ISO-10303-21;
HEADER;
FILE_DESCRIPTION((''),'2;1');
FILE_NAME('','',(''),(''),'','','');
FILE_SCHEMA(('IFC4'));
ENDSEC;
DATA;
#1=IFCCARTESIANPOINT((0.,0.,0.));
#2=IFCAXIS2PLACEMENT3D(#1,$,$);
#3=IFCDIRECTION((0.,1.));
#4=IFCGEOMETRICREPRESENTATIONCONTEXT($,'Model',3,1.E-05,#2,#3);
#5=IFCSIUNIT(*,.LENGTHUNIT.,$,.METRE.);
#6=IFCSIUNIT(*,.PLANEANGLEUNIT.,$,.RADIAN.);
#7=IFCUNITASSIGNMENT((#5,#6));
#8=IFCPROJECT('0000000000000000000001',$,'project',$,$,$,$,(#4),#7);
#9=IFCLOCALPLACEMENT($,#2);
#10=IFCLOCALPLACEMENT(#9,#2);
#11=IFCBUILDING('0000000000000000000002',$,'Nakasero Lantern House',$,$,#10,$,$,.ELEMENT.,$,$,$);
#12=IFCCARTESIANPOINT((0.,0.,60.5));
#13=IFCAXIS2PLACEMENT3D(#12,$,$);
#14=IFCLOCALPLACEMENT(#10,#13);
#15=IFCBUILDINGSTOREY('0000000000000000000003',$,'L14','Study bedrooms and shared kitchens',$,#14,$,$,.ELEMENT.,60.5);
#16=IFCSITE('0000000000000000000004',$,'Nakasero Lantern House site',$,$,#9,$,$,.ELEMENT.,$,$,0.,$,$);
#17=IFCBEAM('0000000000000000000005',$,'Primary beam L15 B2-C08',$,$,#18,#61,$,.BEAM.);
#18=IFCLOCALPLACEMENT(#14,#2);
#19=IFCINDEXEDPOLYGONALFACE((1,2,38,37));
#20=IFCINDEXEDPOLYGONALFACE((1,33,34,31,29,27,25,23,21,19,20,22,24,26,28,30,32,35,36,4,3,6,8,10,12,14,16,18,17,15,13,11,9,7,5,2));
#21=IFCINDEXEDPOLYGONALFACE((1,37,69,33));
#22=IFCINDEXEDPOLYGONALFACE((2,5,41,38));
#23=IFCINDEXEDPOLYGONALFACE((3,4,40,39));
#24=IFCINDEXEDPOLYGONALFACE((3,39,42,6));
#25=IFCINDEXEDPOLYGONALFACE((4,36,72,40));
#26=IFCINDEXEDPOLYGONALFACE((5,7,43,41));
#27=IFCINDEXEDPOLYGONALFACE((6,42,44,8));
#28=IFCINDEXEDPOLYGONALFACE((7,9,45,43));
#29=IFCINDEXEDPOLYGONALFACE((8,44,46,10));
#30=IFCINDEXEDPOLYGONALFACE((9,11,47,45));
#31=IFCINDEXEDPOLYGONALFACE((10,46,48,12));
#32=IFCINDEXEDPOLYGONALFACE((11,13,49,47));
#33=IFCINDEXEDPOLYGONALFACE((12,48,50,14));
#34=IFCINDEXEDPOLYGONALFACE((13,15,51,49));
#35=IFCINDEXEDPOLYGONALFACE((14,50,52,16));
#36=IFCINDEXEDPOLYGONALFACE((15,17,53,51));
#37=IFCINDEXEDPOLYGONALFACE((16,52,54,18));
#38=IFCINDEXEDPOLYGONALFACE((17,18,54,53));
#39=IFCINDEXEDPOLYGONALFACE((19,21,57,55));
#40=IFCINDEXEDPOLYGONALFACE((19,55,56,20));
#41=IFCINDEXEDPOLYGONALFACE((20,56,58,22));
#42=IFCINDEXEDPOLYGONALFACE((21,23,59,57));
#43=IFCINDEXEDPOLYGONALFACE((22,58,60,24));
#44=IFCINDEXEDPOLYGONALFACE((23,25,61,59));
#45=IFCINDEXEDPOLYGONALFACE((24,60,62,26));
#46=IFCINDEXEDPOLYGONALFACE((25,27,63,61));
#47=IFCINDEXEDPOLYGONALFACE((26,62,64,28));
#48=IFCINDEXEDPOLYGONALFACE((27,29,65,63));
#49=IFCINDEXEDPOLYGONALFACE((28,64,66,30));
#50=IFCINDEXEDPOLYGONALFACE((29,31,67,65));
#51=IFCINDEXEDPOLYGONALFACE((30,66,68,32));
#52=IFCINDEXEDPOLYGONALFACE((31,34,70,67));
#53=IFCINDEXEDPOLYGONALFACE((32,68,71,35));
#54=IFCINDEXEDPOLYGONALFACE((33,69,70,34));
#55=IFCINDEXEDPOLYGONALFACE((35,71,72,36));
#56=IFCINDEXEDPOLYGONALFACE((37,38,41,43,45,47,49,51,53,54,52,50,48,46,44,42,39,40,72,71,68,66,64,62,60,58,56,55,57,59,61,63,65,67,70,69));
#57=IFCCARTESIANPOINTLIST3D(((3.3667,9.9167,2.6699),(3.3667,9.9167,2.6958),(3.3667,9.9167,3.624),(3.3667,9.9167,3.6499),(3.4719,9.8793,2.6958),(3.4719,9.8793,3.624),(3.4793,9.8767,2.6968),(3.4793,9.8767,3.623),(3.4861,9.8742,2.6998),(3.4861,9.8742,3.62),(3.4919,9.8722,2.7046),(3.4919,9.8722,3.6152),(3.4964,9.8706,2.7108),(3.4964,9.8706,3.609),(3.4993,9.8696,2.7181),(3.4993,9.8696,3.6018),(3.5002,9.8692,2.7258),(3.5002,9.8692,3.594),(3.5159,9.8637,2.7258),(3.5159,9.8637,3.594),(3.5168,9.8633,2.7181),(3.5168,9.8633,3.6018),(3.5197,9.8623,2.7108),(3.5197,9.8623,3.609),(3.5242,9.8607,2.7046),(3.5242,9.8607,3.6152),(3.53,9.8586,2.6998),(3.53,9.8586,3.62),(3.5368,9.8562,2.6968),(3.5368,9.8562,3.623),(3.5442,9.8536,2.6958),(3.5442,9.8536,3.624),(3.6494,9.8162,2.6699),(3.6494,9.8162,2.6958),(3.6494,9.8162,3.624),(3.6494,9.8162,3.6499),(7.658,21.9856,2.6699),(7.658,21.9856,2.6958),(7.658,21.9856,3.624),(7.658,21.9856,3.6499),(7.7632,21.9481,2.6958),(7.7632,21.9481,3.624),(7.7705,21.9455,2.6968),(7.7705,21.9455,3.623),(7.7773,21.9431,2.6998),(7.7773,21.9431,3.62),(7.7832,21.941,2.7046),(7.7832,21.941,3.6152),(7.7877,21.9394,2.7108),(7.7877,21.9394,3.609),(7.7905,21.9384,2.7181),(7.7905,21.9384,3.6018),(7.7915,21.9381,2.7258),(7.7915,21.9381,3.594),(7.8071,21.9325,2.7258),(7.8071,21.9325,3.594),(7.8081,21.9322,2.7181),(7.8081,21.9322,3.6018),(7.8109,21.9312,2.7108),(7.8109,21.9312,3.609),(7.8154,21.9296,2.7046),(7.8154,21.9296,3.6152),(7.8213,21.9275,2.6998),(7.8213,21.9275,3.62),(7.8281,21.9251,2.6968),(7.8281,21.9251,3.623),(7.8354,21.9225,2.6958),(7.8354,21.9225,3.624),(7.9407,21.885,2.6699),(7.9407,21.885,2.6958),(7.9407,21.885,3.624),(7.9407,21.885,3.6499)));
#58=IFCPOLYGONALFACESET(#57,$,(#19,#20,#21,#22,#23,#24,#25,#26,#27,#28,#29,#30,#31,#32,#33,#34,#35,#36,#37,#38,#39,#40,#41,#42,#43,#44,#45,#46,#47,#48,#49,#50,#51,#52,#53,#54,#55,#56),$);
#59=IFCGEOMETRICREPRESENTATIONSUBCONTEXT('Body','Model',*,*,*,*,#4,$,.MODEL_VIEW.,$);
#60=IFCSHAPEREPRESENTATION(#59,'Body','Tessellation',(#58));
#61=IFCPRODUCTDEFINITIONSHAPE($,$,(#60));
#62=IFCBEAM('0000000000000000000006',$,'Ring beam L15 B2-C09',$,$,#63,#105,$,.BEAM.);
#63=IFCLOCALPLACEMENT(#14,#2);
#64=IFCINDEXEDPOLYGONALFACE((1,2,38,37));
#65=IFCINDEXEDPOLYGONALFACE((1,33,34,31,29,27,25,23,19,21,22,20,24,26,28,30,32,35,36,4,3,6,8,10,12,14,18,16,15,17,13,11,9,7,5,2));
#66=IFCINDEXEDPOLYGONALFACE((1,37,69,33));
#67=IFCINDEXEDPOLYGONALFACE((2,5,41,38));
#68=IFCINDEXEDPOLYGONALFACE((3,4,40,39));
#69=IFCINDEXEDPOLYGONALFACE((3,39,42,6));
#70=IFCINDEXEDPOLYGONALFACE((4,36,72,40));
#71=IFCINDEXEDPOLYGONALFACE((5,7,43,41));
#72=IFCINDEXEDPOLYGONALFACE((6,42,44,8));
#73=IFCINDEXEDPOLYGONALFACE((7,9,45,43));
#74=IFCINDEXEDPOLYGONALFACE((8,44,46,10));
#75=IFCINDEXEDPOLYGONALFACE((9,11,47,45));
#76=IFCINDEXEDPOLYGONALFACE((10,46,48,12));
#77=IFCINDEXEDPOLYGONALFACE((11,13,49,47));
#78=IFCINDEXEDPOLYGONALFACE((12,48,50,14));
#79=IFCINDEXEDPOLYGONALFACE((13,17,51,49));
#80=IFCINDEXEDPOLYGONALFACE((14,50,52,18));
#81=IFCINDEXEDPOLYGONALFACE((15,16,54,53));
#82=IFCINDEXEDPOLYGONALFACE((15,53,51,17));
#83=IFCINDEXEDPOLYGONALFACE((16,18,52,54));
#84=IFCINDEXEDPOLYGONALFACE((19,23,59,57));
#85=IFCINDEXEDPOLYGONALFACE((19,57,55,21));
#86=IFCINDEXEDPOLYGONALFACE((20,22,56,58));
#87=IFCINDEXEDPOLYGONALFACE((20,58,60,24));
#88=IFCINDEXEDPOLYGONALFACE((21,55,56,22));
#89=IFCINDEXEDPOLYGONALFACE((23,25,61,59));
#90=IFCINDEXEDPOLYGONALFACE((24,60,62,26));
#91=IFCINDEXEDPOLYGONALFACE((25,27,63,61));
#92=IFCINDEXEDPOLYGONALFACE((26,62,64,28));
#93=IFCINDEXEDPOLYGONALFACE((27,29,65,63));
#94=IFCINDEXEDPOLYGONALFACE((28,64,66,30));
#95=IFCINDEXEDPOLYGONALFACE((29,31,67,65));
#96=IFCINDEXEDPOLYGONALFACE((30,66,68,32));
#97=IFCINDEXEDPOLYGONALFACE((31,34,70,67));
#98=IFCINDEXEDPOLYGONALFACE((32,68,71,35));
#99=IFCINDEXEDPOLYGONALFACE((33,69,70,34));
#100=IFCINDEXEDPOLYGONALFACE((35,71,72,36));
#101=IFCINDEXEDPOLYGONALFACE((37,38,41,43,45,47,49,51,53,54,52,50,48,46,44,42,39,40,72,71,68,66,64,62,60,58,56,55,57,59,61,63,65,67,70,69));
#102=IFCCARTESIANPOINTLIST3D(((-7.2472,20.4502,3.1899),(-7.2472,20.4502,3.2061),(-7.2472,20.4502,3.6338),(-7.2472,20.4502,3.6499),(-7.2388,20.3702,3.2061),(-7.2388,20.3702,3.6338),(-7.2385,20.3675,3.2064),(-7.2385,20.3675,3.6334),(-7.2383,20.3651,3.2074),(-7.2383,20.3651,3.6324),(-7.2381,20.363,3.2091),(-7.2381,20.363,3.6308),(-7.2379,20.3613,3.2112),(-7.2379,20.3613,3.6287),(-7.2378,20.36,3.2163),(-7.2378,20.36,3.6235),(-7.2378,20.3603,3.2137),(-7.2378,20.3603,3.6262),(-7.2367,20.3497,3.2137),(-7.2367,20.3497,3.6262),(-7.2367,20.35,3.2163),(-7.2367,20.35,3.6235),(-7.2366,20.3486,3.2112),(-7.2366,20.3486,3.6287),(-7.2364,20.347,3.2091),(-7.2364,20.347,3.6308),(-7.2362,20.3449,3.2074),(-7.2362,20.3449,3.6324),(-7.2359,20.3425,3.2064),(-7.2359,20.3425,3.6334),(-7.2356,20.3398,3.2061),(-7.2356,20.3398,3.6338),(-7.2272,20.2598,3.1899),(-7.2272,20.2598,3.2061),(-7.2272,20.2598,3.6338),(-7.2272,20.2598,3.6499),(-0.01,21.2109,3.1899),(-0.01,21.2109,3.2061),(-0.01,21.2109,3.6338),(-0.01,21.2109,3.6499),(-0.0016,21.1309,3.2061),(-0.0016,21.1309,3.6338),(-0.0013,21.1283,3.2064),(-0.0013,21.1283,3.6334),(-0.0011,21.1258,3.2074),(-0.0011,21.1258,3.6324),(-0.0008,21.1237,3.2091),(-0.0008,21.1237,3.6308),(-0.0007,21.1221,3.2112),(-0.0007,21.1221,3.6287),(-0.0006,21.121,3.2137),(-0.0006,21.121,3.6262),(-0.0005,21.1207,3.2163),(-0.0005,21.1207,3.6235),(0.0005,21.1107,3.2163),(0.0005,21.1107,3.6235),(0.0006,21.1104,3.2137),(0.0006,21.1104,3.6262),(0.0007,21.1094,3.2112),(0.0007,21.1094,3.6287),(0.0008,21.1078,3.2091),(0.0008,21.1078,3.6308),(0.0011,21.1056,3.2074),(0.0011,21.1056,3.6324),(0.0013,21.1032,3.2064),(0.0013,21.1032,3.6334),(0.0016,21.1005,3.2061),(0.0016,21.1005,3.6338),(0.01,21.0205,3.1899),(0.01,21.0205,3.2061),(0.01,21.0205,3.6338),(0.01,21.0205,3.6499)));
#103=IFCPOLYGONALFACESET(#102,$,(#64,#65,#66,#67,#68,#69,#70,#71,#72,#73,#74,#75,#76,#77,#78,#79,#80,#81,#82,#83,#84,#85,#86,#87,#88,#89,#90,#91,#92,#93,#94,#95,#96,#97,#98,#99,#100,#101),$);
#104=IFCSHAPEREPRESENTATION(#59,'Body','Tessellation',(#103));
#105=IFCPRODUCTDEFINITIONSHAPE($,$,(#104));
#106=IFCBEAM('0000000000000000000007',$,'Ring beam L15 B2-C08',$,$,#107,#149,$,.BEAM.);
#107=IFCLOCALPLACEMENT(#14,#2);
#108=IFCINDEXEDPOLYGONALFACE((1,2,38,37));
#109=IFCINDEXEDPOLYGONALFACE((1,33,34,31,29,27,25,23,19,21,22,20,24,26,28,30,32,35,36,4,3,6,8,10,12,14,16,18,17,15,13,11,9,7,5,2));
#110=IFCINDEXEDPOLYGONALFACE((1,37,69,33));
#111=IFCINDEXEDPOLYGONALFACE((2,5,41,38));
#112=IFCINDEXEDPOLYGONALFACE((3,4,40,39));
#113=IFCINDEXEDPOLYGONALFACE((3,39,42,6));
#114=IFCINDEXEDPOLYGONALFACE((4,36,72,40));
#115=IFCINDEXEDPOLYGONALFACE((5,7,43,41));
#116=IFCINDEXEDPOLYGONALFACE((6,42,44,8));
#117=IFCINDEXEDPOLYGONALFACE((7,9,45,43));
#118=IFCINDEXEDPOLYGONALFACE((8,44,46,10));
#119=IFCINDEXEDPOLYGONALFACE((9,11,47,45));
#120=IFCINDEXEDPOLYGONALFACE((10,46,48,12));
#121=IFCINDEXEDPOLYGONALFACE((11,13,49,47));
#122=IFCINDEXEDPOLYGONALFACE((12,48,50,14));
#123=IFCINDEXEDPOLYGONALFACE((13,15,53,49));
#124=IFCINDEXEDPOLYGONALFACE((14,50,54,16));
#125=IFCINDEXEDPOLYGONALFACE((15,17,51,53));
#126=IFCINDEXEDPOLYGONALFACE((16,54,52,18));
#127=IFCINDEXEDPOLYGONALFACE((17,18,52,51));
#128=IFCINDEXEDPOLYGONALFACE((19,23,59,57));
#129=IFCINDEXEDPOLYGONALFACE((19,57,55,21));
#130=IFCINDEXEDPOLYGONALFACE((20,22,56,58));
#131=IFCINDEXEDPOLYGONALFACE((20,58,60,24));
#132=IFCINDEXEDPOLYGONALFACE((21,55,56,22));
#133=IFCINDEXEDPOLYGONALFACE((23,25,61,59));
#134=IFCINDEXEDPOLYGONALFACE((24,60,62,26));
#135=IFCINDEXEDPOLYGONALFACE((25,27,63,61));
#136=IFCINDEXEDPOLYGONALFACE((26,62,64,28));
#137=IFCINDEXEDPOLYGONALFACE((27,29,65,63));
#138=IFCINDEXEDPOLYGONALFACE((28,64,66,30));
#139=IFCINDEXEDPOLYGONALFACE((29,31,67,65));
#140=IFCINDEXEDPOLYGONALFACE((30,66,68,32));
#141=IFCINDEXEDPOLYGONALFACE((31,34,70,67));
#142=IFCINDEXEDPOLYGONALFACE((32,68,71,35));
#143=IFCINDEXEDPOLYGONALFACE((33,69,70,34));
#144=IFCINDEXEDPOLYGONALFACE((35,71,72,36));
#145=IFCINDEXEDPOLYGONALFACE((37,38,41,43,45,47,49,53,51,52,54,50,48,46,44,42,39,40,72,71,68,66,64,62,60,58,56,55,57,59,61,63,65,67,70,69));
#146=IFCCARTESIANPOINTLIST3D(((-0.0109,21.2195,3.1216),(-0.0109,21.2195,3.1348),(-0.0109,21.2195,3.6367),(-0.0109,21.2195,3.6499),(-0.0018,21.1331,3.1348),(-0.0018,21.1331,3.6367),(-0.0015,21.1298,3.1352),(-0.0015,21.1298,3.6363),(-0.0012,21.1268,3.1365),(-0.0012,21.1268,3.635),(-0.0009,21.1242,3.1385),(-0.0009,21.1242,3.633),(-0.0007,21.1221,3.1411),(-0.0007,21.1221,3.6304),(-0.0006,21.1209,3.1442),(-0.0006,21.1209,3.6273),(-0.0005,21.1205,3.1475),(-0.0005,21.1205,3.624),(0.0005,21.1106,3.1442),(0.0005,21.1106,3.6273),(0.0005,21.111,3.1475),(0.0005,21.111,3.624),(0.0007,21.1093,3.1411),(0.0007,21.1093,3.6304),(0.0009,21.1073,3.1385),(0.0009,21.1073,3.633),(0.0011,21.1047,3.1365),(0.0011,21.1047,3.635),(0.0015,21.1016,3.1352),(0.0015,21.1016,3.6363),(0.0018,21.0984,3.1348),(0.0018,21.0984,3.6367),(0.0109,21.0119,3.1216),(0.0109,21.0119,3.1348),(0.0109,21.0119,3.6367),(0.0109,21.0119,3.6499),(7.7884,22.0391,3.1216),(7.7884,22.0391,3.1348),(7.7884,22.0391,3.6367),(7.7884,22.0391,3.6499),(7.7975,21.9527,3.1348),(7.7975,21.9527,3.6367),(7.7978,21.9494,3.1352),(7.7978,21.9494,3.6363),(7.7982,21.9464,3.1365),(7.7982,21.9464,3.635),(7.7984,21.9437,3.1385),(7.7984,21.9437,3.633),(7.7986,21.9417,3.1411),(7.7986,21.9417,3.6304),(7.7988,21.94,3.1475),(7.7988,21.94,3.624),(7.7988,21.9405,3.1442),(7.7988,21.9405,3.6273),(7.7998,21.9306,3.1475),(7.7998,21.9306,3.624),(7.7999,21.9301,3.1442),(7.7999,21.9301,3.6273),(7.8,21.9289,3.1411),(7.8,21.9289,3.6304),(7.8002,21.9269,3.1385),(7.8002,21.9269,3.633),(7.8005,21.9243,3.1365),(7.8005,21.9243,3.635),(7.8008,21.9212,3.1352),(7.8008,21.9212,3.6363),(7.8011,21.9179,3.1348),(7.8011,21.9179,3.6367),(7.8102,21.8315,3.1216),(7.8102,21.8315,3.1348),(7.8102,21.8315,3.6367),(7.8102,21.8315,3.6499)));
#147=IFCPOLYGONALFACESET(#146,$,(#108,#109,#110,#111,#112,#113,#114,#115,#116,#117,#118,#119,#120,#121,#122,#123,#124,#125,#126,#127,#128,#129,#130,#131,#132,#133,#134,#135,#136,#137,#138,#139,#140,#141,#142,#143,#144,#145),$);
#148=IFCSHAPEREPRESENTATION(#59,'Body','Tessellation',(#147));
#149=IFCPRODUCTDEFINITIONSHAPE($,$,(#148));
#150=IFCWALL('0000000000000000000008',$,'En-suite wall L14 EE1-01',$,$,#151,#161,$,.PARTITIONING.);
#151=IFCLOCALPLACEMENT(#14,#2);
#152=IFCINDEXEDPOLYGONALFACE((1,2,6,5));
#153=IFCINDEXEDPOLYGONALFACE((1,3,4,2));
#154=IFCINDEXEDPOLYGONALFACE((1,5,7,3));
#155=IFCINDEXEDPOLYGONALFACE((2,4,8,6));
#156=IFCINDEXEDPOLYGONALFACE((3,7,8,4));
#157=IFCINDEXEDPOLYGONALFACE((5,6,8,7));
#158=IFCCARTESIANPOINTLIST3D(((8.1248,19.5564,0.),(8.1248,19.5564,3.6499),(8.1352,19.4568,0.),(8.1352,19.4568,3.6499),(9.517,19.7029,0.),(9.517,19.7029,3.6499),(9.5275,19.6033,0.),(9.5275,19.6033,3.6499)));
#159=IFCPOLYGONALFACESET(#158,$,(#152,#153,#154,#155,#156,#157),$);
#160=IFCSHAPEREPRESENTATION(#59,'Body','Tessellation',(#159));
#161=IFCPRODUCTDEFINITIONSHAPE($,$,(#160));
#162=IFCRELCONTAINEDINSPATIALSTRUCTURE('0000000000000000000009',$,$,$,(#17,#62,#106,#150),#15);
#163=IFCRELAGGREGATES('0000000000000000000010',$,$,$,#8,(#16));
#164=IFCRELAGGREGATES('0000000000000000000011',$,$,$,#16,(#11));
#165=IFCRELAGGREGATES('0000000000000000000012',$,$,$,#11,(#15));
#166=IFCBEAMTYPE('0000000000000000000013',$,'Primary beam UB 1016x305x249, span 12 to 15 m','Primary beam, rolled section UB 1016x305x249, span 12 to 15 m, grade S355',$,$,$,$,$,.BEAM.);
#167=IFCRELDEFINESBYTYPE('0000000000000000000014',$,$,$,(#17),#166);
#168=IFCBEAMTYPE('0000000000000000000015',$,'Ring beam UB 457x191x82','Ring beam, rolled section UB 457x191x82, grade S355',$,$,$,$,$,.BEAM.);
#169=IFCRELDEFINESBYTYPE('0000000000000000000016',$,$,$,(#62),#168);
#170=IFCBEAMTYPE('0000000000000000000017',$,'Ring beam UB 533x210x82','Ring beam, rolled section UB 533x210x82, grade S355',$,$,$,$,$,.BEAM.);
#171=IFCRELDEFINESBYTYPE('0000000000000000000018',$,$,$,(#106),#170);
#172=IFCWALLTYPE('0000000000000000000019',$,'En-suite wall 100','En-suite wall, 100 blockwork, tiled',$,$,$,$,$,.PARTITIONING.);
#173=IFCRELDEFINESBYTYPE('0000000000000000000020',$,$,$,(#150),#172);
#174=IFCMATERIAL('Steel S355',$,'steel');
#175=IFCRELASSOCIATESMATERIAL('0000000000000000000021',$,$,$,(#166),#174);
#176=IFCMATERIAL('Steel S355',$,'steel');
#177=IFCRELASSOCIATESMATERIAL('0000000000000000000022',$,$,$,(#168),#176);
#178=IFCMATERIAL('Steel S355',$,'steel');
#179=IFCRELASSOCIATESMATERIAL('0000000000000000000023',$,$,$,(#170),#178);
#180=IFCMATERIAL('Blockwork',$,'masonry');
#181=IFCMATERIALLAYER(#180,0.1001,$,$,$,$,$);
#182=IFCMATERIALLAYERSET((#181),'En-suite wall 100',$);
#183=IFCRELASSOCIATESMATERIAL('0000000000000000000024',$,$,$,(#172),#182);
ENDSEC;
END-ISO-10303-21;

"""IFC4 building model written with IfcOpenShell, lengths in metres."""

from ifc_helpers import new_model, si_unit, direction, frame, frame_2d, origin, origin_2d, place, context, subcontext, project, spatial, rectangle, i_section, extrude, material, layer, layer_set, material_profile, profile_set, type_object, element, save


model = new_model("IFC4")

# Units and contexts
model_context = context("Model", 3, precision=1e-05, world=origin(), true_north=direction((0.0, 1.0)))
body_context = subcontext(model_context, "Body", "Model", "MODEL_VIEW")
ifc_project = project(units=[si_unit("LENGTHUNIT", "METRE"), si_unit("PLANEANGLEUNIT", "RADIAN")], contexts=[model_context])

# Site, building, storey
site_placement = place(None, origin())
site = spatial("IfcSite", under=ifc_project, at=site_placement, Name="Nakasero Lantern House site", CompositionType="ELEMENT", RefElevation=0.0)
building_placement = place(site_placement, origin())
building = spatial("IfcBuilding", under=site, at=building_placement, Name="Nakasero Lantern House", CompositionType="ELEMENT")
storey_placement = place(building_placement, frame((0.0, 0.0, 60.5)))
storey = spatial("IfcBuildingStorey", under=building, at=storey_placement, Name="L14", Description="Study bedrooms and shared kitchens", CompositionType="ELEMENT", Elevation=60.5)

# Beams
ifc_material_1 = material(Name="Steel S355", Category="steel")
ifc_material_profile_1 = material_profile(ifc_material_1, i_section(OverallWidth=0.3, OverallDepth=0.98, WebThickness=0.0166, FlangeThickness=0.0259, FilletRadius=0.03, at=origin_2d()), Name="UB 1016x305x249")
ifc_profile_set_1 = profile_set([ifc_material_profile_1], Name="Steel S355")
beam_type_1 = type_object("IfcBeamType", Name="Primary beam UB 1016x305x249, span 12 to 15 m", Description="Primary beam, rolled section UB 1016x305x249, span 12 to 15 m, grade S355", PredefinedType="BEAM", material=ifc_profile_set_1)
beam_1_placement = place(storey_placement, frame((7.7993, 21.9353, 3.1599), z_axis=(-0.335018, -0.942212, 0.0), x_axis=(0.942212, -0.335018, 0.0)))
element("IfcBeam", 1, at=beam_1_placement, inside=storey, type_object=beam_type_1, Name="Primary beam L15 B2-C08", PredefinedType="BEAM", context=body_context, shape_type="SweptSolid", body=[
    extrude(i_section(OverallWidth=0.3, OverallDepth=0.98, WebThickness=0.0166, FlangeThickness=0.0259, FilletRadius=0.03, at=origin_2d()), origin(), (0.0, 0.0, 1.0), 12.8091),
])
ifc_material_2 = material(Name="Steel S355", Category="steel")
ifc_material_profile_2 = material_profile(ifc_material_2, i_section(OverallWidth=0.1914, OverallDepth=0.46, WebThickness=0.01, FlangeThickness=0.0161, FilletRadius=0.0103, at=origin_2d()), Name="UB 457x191x82")
ifc_profile_set_2 = profile_set([ifc_material_profile_2], Name="Steel S355")
beam_type_2 = type_object("IfcBeamType", Name="Ring beam UB 457x191x82", Description="Ring beam, rolled section UB 457x191x82, grade S355", PredefinedType="BEAM", material=ifc_profile_set_2)
beam_2_placement = place(storey_placement, frame((0.0, 21.1157, 3.4199), z_axis=(-0.994521, -0.104538, 0.0), x_axis=(0.104538, -0.994521, 0.0)))
element("IfcBeam", 2, at=beam_2_placement, inside=storey, type_object=beam_type_2, Name="Ring beam L15 B2-C09", PredefinedType="BEAM", context=body_context, shape_type="SweptSolid", body=[
    extrude(i_section(OverallWidth=0.1914, OverallDepth=0.46, WebThickness=0.01, FlangeThickness=0.0161, FilletRadius=0.0103, at=origin_2d()), origin(), (0.0, 0.0, 1.0), 7.2771),
])
ifc_material_3 = material(Name="Steel S355", Category="steel")
ifc_material_profile_3 = material_profile(ifc_material_3, i_section(OverallWidth=0.2087, OverallDepth=0.5283, WebThickness=0.0095, FlangeThickness=0.0132, FilletRadius=0.0127, at=origin_2d()), Name="UB 533x210x82")
ifc_profile_set_3 = profile_set([ifc_material_profile_3], Name="Steel S355")
beam_type_3 = type_object("IfcBeamType", Name="Ring beam UB 533x210x82", Description="Ring beam, rolled section UB 533x210x82, grade S355", PredefinedType="BEAM", material=ifc_profile_set_3)
beam_3_placement = place(storey_placement, frame((7.7993, 21.9353, 3.3857), z_axis=(-0.994524, -0.104508, 0.0), x_axis=(0.104508, -0.994524, 0.0)))
element("IfcBeam", 3, at=beam_3_placement, inside=storey, type_object=beam_type_3, Name="Ring beam L15 B2-C08", PredefinedType="BEAM", context=body_context, shape_type="SweptSolid", body=[
    extrude(i_section(OverallWidth=0.2087, OverallDepth=0.5283, WebThickness=0.0095, FlangeThickness=0.0132, FilletRadius=0.0127, at=origin_2d()), origin(), (0.0, 0.0, 1.0), 7.8423),
])

# Wall
ifc_material_4 = material(Name="Blockwork", Category="masonry")
ifc_layer_1 = layer(ifc_material_4, 0.1001)
ifc_layer_set_1 = layer_set([ifc_layer_1], Name="En-suite wall 100")
wall_type_1 = type_object("IfcWallType", Name="En-suite wall 100", Description="En-suite wall, 100 blockwork, tiled", PredefinedType="PARTITIONING", material=ifc_layer_set_1)
wall_1_placement = place(storey_placement, frame((9.5222, 19.6531, 0.0), z_axis=(0.0, 0.0, 1.0), x_axis=(-0.994511, -0.10463, 0.0)))
element("IfcWall", 4, at=wall_1_placement, inside=storey, type_object=wall_type_1, Name="En-suite wall L14 EE1-01", PredefinedType="PARTITIONING", context=body_context, shape_type="SweptSolid", body=[
    extrude(rectangle(XDim=1.3999, YDim=0.1001, at=frame_2d((0.7, 0.0))), origin(), (0.0, 0.0, 1.0), 3.6499),
])

save(model, "model.ifc")
